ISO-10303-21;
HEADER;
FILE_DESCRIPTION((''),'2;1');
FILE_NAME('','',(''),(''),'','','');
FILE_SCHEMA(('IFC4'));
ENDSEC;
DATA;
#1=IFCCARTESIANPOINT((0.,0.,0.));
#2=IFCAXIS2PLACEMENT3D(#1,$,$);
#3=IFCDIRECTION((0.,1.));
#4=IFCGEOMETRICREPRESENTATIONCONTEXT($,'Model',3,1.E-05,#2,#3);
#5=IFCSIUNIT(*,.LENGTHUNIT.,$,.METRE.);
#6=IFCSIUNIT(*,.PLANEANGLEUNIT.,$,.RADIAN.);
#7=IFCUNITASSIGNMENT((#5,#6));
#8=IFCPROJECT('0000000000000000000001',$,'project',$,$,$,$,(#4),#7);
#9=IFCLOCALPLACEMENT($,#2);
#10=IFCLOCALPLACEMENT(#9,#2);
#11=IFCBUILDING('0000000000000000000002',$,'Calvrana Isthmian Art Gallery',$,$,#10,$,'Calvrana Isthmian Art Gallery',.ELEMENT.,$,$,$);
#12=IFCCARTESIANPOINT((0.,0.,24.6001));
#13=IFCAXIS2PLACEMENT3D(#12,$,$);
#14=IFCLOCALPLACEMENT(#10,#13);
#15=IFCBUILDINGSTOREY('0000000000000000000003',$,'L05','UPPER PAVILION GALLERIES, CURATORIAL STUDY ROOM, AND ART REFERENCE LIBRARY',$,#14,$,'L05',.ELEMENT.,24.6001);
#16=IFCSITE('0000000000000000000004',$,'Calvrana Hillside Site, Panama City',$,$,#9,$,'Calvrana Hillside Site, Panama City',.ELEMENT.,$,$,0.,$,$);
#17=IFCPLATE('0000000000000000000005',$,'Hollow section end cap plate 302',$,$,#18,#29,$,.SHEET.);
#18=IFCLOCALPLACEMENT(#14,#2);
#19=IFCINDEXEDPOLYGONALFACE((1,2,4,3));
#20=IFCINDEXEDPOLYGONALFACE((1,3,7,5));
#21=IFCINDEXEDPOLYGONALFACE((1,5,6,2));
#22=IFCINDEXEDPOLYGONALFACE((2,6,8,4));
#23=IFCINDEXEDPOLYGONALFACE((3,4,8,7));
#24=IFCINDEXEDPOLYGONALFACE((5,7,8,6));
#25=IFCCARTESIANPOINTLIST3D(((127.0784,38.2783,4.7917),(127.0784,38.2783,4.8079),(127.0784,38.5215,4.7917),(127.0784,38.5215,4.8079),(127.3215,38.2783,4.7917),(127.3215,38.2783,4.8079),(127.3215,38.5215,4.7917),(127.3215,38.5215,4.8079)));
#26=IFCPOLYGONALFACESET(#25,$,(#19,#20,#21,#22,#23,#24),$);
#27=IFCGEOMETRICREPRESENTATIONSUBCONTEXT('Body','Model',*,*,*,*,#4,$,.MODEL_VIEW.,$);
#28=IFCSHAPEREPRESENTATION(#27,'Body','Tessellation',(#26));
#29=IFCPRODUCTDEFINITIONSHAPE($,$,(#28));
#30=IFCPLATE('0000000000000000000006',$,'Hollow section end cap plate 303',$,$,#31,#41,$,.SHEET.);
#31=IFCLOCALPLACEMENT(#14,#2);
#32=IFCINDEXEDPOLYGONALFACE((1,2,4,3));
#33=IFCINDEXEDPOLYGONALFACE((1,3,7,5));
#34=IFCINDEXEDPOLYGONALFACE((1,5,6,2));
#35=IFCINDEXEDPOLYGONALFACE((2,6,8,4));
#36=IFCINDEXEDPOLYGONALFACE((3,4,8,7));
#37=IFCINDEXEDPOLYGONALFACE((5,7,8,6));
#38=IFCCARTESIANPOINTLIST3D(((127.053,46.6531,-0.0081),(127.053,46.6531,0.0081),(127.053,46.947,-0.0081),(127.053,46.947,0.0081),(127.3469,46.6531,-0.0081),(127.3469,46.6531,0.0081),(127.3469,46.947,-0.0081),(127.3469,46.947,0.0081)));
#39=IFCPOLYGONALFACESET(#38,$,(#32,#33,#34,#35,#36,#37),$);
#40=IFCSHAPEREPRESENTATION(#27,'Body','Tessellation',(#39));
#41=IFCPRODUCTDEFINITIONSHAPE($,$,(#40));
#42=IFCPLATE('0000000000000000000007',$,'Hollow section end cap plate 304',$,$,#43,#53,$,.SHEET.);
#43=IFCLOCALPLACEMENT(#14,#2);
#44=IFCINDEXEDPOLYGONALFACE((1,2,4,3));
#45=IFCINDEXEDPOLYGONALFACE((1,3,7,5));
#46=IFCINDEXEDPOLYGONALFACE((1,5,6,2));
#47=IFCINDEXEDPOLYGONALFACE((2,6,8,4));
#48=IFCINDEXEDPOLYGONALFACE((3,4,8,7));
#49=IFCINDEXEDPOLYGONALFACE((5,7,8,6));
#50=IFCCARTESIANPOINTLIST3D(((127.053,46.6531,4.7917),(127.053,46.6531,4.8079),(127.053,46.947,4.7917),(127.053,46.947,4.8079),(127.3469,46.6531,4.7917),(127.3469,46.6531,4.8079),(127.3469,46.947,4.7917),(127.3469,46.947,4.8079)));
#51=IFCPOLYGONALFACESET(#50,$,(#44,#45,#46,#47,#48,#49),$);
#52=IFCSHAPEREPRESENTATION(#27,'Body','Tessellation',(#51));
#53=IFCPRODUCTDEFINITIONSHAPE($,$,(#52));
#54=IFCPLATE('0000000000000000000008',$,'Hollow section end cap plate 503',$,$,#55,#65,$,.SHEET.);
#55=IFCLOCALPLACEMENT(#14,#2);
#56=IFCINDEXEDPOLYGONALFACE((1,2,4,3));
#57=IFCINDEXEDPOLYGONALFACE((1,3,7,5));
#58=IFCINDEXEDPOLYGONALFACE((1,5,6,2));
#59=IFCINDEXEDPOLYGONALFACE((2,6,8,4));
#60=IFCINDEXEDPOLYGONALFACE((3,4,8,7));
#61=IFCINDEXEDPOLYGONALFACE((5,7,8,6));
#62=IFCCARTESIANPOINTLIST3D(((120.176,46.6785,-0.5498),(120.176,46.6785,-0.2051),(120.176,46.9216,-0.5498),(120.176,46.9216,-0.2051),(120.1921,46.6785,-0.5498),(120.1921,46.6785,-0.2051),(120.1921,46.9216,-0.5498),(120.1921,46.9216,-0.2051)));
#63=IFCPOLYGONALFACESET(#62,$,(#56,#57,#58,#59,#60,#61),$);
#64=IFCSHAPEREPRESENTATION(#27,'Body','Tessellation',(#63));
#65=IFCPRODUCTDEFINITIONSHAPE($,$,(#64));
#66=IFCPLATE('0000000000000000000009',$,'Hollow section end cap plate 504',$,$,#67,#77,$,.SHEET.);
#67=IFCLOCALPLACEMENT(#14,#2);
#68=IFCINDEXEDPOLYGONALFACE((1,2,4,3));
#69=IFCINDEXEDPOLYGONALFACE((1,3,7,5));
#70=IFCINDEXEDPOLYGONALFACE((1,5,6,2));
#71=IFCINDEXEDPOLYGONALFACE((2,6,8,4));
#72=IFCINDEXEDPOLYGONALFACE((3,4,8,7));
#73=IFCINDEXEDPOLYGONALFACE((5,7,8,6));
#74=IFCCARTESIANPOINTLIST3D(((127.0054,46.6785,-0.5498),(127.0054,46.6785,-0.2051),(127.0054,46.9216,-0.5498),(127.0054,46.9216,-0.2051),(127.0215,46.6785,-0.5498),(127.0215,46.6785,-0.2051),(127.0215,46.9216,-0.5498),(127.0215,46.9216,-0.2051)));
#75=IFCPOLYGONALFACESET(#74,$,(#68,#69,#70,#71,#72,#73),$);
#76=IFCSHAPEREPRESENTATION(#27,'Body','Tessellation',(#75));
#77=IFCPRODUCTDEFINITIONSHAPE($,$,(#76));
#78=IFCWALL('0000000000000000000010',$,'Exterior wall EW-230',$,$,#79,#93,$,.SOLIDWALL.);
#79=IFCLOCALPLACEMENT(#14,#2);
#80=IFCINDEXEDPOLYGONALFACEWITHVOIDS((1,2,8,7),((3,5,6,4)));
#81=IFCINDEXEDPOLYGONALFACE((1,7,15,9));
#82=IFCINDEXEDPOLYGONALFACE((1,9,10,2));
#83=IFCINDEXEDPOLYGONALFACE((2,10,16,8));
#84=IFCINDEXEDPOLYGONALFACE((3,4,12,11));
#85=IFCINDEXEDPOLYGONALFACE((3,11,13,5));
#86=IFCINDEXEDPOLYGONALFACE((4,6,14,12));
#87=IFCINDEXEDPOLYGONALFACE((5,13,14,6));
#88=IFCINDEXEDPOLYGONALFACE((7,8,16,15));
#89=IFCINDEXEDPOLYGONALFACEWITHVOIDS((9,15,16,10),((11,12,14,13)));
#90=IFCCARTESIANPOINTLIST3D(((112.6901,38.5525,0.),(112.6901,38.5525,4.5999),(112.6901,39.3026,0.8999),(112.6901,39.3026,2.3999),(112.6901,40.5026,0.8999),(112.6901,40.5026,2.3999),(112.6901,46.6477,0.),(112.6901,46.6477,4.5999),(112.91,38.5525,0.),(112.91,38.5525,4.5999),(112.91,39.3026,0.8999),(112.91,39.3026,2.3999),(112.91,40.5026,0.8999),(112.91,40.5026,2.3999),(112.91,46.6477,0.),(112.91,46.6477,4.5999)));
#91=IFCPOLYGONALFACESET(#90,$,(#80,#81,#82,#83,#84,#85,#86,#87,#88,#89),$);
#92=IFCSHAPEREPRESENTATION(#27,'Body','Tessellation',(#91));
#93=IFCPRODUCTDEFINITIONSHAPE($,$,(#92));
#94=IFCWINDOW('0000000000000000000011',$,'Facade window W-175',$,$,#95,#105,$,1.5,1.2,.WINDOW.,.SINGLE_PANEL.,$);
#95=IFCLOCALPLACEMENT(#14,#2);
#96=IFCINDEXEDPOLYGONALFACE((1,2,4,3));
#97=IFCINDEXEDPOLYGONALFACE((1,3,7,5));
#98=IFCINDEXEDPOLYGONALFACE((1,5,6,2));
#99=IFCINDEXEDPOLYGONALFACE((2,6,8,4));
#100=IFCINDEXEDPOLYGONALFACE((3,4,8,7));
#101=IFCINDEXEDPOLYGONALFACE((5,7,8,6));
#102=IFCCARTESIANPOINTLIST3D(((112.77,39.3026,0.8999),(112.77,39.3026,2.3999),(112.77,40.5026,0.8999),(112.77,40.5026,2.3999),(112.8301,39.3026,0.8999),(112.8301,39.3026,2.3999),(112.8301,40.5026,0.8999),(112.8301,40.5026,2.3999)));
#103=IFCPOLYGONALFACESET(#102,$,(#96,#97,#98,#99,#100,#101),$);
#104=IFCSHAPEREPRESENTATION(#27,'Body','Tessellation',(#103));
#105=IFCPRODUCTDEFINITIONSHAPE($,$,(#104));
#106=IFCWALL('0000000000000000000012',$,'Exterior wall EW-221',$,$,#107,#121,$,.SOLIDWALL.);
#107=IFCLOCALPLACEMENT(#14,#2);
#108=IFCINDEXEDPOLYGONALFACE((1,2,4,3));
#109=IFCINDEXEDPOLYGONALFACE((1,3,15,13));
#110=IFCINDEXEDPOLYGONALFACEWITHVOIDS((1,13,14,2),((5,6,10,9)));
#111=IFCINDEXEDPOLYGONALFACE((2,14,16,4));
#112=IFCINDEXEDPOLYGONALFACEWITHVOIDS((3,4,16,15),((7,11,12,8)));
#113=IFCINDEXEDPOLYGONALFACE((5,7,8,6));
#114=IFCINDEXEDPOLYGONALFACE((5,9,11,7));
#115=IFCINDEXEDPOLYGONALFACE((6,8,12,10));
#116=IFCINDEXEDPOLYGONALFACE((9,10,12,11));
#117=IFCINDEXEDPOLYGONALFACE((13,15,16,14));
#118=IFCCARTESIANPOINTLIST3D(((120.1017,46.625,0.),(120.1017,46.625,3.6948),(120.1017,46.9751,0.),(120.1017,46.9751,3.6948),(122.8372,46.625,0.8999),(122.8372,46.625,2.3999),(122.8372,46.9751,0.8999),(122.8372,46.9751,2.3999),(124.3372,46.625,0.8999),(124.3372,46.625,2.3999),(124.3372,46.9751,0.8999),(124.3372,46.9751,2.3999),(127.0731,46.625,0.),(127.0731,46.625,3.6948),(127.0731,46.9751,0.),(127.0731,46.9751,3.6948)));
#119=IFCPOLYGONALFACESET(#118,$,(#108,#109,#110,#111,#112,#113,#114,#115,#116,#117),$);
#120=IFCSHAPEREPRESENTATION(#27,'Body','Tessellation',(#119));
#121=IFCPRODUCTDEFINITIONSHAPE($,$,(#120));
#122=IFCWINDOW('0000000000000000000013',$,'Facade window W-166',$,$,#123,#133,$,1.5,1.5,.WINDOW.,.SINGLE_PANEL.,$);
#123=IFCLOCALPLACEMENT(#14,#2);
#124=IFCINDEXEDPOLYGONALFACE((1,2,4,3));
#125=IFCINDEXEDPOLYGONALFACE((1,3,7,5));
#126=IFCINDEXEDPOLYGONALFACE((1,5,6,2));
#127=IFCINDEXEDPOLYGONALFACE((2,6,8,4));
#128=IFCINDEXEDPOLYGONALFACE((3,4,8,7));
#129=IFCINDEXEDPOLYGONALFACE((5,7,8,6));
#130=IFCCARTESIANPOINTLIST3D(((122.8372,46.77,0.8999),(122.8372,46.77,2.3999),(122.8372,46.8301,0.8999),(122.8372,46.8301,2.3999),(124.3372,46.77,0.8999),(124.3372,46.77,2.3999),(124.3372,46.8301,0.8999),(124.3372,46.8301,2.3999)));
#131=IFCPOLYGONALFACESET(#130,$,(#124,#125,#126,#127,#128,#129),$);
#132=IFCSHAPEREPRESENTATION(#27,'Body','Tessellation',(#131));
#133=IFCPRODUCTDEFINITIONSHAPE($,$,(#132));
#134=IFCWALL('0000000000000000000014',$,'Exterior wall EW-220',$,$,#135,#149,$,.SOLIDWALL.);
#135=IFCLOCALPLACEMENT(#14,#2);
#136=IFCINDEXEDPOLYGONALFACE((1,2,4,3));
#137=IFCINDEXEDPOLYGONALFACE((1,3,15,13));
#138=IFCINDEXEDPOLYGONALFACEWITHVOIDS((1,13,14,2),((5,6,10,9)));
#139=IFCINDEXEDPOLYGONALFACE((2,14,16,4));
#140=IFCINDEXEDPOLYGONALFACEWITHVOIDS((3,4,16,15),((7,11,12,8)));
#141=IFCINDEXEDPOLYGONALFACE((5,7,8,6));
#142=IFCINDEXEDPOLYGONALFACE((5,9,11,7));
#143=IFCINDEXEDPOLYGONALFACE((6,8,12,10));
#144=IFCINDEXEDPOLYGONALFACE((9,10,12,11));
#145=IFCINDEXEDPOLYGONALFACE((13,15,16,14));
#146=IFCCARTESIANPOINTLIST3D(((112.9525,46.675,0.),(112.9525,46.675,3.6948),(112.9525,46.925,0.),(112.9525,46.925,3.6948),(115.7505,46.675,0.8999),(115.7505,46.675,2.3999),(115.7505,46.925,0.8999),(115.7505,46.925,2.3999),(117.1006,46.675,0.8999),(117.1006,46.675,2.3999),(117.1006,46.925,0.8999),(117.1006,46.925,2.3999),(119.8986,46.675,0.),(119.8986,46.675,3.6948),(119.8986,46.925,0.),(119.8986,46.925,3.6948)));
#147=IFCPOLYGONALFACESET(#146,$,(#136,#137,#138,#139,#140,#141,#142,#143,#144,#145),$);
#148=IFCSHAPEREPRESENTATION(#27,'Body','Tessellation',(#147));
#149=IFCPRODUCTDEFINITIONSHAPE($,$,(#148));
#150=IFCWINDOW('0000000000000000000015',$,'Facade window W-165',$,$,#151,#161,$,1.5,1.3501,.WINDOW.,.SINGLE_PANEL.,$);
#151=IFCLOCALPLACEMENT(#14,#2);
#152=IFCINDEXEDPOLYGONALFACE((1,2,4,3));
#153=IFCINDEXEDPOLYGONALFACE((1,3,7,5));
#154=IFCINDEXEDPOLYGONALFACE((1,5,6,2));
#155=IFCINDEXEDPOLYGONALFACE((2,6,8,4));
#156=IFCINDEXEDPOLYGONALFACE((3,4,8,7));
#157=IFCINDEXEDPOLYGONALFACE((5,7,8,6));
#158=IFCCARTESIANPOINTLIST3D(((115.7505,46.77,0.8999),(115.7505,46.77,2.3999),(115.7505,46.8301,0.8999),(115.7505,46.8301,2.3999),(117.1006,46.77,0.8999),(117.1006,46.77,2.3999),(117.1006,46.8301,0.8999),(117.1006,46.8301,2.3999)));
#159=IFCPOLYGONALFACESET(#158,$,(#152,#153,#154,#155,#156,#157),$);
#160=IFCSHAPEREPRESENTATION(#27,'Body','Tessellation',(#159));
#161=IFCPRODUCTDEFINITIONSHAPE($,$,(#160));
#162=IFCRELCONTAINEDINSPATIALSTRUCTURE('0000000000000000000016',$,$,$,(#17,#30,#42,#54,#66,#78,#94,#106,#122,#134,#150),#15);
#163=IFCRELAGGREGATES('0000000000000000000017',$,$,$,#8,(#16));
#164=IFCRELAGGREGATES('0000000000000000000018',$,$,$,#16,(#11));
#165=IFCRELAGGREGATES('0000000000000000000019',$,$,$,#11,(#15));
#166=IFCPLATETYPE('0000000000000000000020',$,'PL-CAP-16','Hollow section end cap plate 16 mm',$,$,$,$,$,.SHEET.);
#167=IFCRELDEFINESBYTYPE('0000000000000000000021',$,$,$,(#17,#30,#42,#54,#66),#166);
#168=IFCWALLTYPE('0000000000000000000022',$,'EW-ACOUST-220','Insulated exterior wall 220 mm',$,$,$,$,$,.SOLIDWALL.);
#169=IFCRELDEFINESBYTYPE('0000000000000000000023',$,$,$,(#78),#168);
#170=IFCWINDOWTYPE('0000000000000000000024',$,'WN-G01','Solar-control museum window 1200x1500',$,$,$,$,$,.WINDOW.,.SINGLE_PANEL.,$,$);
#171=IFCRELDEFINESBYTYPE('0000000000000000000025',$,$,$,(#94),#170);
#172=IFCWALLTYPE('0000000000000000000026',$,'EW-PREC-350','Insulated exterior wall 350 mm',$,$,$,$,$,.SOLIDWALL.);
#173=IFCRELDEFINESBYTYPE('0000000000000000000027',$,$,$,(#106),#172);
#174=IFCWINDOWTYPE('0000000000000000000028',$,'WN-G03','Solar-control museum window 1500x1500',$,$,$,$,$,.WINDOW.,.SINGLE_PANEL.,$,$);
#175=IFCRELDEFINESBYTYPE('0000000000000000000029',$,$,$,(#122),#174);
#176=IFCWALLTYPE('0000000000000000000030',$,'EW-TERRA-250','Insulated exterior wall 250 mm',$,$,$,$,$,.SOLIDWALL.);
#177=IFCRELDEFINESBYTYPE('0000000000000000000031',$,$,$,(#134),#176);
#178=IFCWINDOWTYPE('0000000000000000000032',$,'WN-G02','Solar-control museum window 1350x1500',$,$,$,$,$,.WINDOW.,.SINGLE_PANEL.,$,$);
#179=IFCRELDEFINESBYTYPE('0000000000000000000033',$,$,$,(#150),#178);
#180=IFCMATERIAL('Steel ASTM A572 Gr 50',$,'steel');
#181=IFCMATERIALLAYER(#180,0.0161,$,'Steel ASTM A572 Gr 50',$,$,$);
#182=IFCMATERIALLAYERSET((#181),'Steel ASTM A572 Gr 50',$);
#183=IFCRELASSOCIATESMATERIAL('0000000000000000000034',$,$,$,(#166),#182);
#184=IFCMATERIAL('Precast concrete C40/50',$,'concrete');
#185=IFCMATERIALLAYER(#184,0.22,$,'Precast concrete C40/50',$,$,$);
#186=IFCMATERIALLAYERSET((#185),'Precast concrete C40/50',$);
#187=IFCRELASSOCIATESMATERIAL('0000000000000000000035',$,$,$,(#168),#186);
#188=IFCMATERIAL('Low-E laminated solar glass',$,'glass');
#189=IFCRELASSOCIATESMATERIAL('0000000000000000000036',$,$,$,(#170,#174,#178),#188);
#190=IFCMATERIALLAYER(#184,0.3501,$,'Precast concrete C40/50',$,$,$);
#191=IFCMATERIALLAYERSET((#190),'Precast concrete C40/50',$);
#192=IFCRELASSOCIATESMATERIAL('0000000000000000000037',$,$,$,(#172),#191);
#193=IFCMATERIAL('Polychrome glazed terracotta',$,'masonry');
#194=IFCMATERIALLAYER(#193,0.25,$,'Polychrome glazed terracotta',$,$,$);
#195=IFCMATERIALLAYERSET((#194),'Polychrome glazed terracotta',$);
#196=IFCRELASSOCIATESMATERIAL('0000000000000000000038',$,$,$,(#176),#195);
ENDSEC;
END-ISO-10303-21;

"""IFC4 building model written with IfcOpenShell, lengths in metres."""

from ifc_helpers import new_model, si_unit, direction, frame, frame_2d, origin, origin_2d, place, context, subcontext, project, spatial, rectangle, extrude, material, layer, layer_set, type_object, element, fill, save


model = new_model("IFC4")

# Units and contexts
model_context = context("Model", 3, precision=1e-05, world=origin(), true_north=direction((0.0, 1.0)))
body_context = subcontext(model_context, "Body", "Model", "MODEL_VIEW")
ifc_project = project(units=[si_unit("LENGTHUNIT", "METRE"), si_unit("PLANEANGLEUNIT", "RADIAN")], contexts=[model_context])

# Site, building, storey
site_placement = place(None, origin())
site = spatial("IfcSite", under=ifc_project, at=site_placement, Name="Calvrana Hillside Site, Panama City", LongName="Calvrana Hillside Site, Panama City", CompositionType="ELEMENT", RefElevation=0.0)
building_placement = place(site_placement, origin())
building = spatial("IfcBuilding", under=site, at=building_placement, Name="Calvrana Isthmian Art Gallery", LongName="Calvrana Isthmian Art Gallery", CompositionType="ELEMENT")
storey_placement = place(building_placement, frame((0.0, 0.0, 24.6001)))
storey = spatial("IfcBuildingStorey", under=building, at=storey_placement, Name="L05", Description="UPPER PAVILION GALLERIES, CURATORIAL STUDY ROOM, AND ART REFERENCE LIBRARY", LongName="L05", CompositionType="ELEMENT", Elevation=24.6001)

# Plates
ifc_material_1 = material(Name="Steel ASTM A572 Gr 50", Category="steel")
ifc_layer_1 = layer(ifc_material_1, 0.0161, Name="Steel ASTM A572 Gr 50")
ifc_layer_set_1 = layer_set([ifc_layer_1], Name="Steel ASTM A572 Gr 50")
plate_type = type_object("IfcPlateType", Name="PL-CAP-16", Description="Hollow section end cap plate 16 mm", PredefinedType="SHEET", material=ifc_layer_set_1)
for number, where, z_axis, x_axis, name in (
    (1, (127.2, 38.3999, 4.7917), (0.0, 0.0, 1.0), (1.0, 0.0, 0.0), "Hollow section end cap plate 302"),
):
    element("IfcPlate", number, at=place(storey_placement, frame(where, z_axis=z_axis, x_axis=x_axis)), inside=storey, type_object=plate_type, Name=name, PredefinedType="SHEET", context=body_context, shape_type="SweptSolid", body=[
        extrude(rectangle(XDim=0.2432, YDim=0.2432, at=origin_2d()), origin(), (0.0, 0.0, 1.0), 0.0161),
    ])
for number, where, z_axis, x_axis, name in (
    (2, (127.2, 46.8, -0.0081), (0.0, 0.0, 1.0), (1.0, 0.0, 0.0), "Hollow section end cap plate 303"),
    (3, (127.2, 46.8, 4.7917), (0.0, 0.0, 1.0), (1.0, 0.0, 0.0), "Hollow section end cap plate 304"),
):
    element("IfcPlate", number, at=place(storey_placement, frame(where, z_axis=z_axis, x_axis=x_axis)), inside=storey, type_object=plate_type, Name=name, PredefinedType="SHEET", context=body_context, shape_type="SweptSolid", body=[
        extrude(rectangle(XDim=0.2939, YDim=0.2939, at=origin_2d()), origin(), (0.0, 0.0, 1.0), 0.0161),
    ])
for number, where, z_axis, x_axis, name in (
    (4, (120.1841, 46.8, -0.5498), (0.0, 0.0, 1.0), (1.0, 0.0, 0.0), "Hollow section end cap plate 503"),
    (5, (127.0134, 46.8, -0.5498), (0.0, 0.0, 1.0), (1.0, 0.0, 0.0), "Hollow section end cap plate 504"),
):
    element("IfcPlate", number, at=place(storey_placement, frame(where, z_axis=z_axis, x_axis=x_axis)), inside=storey, type_object=plate_type, Name=name, PredefinedType="SHEET", context=body_context, shape_type="SweptSolid", body=[
        extrude(rectangle(XDim=0.0161, YDim=0.2432, at=origin_2d()), origin(), (0.0, 0.0, 1.0), 0.3447),
    ])

# Walls, openings, windows
ifc_material_2 = material(Name="Precast concrete C40/50", Category="concrete")
ifc_layer_2 = layer(ifc_material_2, 0.22, Name="Precast concrete C40/50")
ifc_layer_set_2 = layer_set([ifc_layer_2], Name="Precast concrete C40/50")
wall_type_1 = type_object("IfcWallType", Name="EW-ACOUST-220", Description="Insulated exterior wall 220 mm", PredefinedType="SOLIDWALL", material=ifc_layer_set_2)
wall_1_placement = place(storey_placement, frame((112.8, 38.5525, 0.0), z_axis=(0.0, 0.0, 1.0), x_axis=(0.0, 1.0, 0.0)))
wall_1 = element("IfcWall", 6, at=wall_1_placement, inside=storey, type_object=wall_type_1, Name="Exterior wall EW-230", PredefinedType="SOLIDWALL", context=body_context, shape_type="SweptSolid", body=[
    extrude(rectangle(XDim=8.0952, YDim=0.22, at=frame_2d((4.0476, 0.0))), origin(), (0.0, 0.0, 1.0), 4.5999),
])
opening_1_placement = place(wall_1_placement, frame((0.75, 0.0, 0.8999)))
opening_1 = element("IfcOpeningElement", 7, at=opening_1_placement, cuts=wall_1, PredefinedType="OPENING", context=body_context, shape_type="SweptSolid", body=[
    extrude(rectangle(XDim=1.2, YDim=1.5, at=frame_2d((0.6001, 0.75))), frame((0.0, 0.1201, 0.0), z_axis=(0.0, -1.0, 0.0), x_axis=(1.0, 0.0, 0.0)), (0.0, 0.0, 1.0), 0.2405),
])
ifc_material_3 = material(Name="Low-E laminated solar glass", Category="glass")
window_type_1 = type_object("IfcWindowType", Name="WN-G01", Description="Solar-control museum window 1200x1500", PartitioningType="SINGLE_PANEL", PredefinedType="WINDOW", material=ifc_material_3)
window_1_placement = place(opening_1_placement, origin())
window_1 = element("IfcWindow", 8, at=window_1_placement, inside=storey, type_object=window_type_1, Name="Facade window W-175", OverallHeight=1.5, OverallWidth=1.2, PartitioningType="SINGLE_PANEL", PredefinedType="WINDOW", context=body_context, shape_type="SweptSolid", body=[
    extrude(rectangle(XDim=1.2, YDim=1.5, at=frame_2d((0.6001, 0.75))), frame((0.0, 0.03, 0.0), z_axis=(0.0, -1.0, 0.0), x_axis=(1.0, 0.0, 0.0)), (0.0, 0.0, 1.0), 0.0601),
])
fill(opening_1, window_1)
ifc_layer_3 = layer(ifc_material_2, 0.3501, Name="Precast concrete C40/50")
ifc_layer_set_3 = layer_set([ifc_layer_3], Name="Precast concrete C40/50")
wall_type_2 = type_object("IfcWallType", Name="EW-PREC-350", Description="Insulated exterior wall 350 mm", PredefinedType="SOLIDWALL", material=ifc_layer_set_3)
wall_2_placement = place(storey_placement, frame((120.1016, 46.8, 0.0), z_axis=(0.0, 0.0, 1.0), x_axis=(1.0, 0.0, 0.0)))
wall_2 = element("IfcWall", 9, at=wall_2_placement, inside=storey, type_object=wall_type_2, Name="Exterior wall EW-221", PredefinedType="SOLIDWALL", context=body_context, shape_type="SweptSolid", body=[
    extrude(rectangle(XDim=6.9714, YDim=0.3501, at=frame_2d((3.4858, 0.0))), origin(), (0.0, 0.0, 1.0), 3.6948),
])
opening_2_placement = place(wall_2_placement, frame((2.7356, 0.0, 0.8999)))
opening_2 = element("IfcOpeningElement", 10, at=opening_2_placement, cuts=wall_2, PredefinedType="OPENING", context=body_context, shape_type="SweptSolid", body=[
    extrude(rectangle(XDim=1.5, YDim=1.5, at=frame_2d((0.75, 0.75))), frame((0.0, 0.1853, 0.0), z_axis=(0.0, -1.0, 0.0), x_axis=(1.0, 0.0, 0.0)), (0.0, 0.0, 1.0), 0.3706),
])
window_type_2 = type_object("IfcWindowType", Name="WN-G03", Description="Solar-control museum window 1500x1500", PartitioningType="SINGLE_PANEL", PredefinedType="WINDOW", material=ifc_material_3)
window_2_placement = place(opening_2_placement, origin())
window_2 = element("IfcWindow", 11, at=window_2_placement, inside=storey, type_object=window_type_2, Name="Facade window W-166", OverallHeight=1.5, OverallWidth=1.5, PartitioningType="SINGLE_PANEL", PredefinedType="WINDOW", context=body_context, shape_type="SweptSolid", body=[
    extrude(rectangle(XDim=1.5, YDim=1.5, at=frame_2d((0.75, 0.75))), frame((0.0, 0.03, 0.0), z_axis=(0.0, -1.0, 0.0), x_axis=(1.0, 0.0, 0.0)), (0.0, 0.0, 1.0), 0.0601),
])
fill(opening_2, window_2)
ifc_material_4 = material(Name="Polychrome glazed terracotta", Category="masonry")
ifc_layer_4 = layer(ifc_material_4, 0.25, Name="Polychrome glazed terracotta")
ifc_layer_set_4 = layer_set([ifc_layer_4], Name="Polychrome glazed terracotta")
wall_type_3 = type_object("IfcWallType", Name="EW-TERRA-250", Description="Insulated exterior wall 250 mm", PredefinedType="SOLIDWALL", material=ifc_layer_set_4)
wall_3_placement = place(storey_placement, frame((112.9524, 46.8, 0.0), z_axis=(0.0, 0.0, 1.0), x_axis=(1.0, 0.0, 0.0)))
wall_3 = element("IfcWall", 12, at=wall_3_placement, inside=storey, type_object=wall_type_3, Name="Exterior wall EW-220", PredefinedType="SOLIDWALL", context=body_context, shape_type="SweptSolid", body=[
    extrude(rectangle(XDim=6.946, YDim=0.25, at=frame_2d((3.4731, 0.0))), origin(), (0.0, 0.0, 1.0), 3.6948),
])
opening_3_placement = place(wall_3_placement, frame((2.7981, 0.0, 0.8999)))
opening_3 = element("IfcOpeningElement", 13, at=opening_3_placement, cuts=wall_3, PredefinedType="OPENING", context=body_context, shape_type="SweptSolid", body=[
    extrude(rectangle(XDim=1.3501, YDim=1.5, at=frame_2d((0.675, 0.75))), frame((0.0, 0.1353, 0.0), z_axis=(0.0, -1.0, 0.0), x_axis=(1.0, 0.0, 0.0)), (0.0, 0.0, 1.0), 0.2705),
])
window_type_3 = type_object("IfcWindowType", Name="WN-G02", Description="Solar-control museum window 1350x1500", PartitioningType="SINGLE_PANEL", PredefinedType="WINDOW", material=ifc_material_3)
window_3_placement = place(opening_3_placement, origin())
window_3 = element("IfcWindow", 14, at=window_3_placement, inside=storey, type_object=window_type_3, Name="Facade window W-165", OverallHeight=1.5, OverallWidth=1.3501, PartitioningType="SINGLE_PANEL", PredefinedType="WINDOW", context=body_context, shape_type="SweptSolid", body=[
    extrude(rectangle(XDim=1.3501, YDim=1.5, at=frame_2d((0.675, 0.75))), frame((0.0, 0.03, 0.0), z_axis=(0.0, -1.0, 0.0), x_axis=(1.0, 0.0, 0.0)), (0.0, 0.0, 1.0), 0.0601),
])
fill(opening_3, window_3)

save(model, "model.ifc")
